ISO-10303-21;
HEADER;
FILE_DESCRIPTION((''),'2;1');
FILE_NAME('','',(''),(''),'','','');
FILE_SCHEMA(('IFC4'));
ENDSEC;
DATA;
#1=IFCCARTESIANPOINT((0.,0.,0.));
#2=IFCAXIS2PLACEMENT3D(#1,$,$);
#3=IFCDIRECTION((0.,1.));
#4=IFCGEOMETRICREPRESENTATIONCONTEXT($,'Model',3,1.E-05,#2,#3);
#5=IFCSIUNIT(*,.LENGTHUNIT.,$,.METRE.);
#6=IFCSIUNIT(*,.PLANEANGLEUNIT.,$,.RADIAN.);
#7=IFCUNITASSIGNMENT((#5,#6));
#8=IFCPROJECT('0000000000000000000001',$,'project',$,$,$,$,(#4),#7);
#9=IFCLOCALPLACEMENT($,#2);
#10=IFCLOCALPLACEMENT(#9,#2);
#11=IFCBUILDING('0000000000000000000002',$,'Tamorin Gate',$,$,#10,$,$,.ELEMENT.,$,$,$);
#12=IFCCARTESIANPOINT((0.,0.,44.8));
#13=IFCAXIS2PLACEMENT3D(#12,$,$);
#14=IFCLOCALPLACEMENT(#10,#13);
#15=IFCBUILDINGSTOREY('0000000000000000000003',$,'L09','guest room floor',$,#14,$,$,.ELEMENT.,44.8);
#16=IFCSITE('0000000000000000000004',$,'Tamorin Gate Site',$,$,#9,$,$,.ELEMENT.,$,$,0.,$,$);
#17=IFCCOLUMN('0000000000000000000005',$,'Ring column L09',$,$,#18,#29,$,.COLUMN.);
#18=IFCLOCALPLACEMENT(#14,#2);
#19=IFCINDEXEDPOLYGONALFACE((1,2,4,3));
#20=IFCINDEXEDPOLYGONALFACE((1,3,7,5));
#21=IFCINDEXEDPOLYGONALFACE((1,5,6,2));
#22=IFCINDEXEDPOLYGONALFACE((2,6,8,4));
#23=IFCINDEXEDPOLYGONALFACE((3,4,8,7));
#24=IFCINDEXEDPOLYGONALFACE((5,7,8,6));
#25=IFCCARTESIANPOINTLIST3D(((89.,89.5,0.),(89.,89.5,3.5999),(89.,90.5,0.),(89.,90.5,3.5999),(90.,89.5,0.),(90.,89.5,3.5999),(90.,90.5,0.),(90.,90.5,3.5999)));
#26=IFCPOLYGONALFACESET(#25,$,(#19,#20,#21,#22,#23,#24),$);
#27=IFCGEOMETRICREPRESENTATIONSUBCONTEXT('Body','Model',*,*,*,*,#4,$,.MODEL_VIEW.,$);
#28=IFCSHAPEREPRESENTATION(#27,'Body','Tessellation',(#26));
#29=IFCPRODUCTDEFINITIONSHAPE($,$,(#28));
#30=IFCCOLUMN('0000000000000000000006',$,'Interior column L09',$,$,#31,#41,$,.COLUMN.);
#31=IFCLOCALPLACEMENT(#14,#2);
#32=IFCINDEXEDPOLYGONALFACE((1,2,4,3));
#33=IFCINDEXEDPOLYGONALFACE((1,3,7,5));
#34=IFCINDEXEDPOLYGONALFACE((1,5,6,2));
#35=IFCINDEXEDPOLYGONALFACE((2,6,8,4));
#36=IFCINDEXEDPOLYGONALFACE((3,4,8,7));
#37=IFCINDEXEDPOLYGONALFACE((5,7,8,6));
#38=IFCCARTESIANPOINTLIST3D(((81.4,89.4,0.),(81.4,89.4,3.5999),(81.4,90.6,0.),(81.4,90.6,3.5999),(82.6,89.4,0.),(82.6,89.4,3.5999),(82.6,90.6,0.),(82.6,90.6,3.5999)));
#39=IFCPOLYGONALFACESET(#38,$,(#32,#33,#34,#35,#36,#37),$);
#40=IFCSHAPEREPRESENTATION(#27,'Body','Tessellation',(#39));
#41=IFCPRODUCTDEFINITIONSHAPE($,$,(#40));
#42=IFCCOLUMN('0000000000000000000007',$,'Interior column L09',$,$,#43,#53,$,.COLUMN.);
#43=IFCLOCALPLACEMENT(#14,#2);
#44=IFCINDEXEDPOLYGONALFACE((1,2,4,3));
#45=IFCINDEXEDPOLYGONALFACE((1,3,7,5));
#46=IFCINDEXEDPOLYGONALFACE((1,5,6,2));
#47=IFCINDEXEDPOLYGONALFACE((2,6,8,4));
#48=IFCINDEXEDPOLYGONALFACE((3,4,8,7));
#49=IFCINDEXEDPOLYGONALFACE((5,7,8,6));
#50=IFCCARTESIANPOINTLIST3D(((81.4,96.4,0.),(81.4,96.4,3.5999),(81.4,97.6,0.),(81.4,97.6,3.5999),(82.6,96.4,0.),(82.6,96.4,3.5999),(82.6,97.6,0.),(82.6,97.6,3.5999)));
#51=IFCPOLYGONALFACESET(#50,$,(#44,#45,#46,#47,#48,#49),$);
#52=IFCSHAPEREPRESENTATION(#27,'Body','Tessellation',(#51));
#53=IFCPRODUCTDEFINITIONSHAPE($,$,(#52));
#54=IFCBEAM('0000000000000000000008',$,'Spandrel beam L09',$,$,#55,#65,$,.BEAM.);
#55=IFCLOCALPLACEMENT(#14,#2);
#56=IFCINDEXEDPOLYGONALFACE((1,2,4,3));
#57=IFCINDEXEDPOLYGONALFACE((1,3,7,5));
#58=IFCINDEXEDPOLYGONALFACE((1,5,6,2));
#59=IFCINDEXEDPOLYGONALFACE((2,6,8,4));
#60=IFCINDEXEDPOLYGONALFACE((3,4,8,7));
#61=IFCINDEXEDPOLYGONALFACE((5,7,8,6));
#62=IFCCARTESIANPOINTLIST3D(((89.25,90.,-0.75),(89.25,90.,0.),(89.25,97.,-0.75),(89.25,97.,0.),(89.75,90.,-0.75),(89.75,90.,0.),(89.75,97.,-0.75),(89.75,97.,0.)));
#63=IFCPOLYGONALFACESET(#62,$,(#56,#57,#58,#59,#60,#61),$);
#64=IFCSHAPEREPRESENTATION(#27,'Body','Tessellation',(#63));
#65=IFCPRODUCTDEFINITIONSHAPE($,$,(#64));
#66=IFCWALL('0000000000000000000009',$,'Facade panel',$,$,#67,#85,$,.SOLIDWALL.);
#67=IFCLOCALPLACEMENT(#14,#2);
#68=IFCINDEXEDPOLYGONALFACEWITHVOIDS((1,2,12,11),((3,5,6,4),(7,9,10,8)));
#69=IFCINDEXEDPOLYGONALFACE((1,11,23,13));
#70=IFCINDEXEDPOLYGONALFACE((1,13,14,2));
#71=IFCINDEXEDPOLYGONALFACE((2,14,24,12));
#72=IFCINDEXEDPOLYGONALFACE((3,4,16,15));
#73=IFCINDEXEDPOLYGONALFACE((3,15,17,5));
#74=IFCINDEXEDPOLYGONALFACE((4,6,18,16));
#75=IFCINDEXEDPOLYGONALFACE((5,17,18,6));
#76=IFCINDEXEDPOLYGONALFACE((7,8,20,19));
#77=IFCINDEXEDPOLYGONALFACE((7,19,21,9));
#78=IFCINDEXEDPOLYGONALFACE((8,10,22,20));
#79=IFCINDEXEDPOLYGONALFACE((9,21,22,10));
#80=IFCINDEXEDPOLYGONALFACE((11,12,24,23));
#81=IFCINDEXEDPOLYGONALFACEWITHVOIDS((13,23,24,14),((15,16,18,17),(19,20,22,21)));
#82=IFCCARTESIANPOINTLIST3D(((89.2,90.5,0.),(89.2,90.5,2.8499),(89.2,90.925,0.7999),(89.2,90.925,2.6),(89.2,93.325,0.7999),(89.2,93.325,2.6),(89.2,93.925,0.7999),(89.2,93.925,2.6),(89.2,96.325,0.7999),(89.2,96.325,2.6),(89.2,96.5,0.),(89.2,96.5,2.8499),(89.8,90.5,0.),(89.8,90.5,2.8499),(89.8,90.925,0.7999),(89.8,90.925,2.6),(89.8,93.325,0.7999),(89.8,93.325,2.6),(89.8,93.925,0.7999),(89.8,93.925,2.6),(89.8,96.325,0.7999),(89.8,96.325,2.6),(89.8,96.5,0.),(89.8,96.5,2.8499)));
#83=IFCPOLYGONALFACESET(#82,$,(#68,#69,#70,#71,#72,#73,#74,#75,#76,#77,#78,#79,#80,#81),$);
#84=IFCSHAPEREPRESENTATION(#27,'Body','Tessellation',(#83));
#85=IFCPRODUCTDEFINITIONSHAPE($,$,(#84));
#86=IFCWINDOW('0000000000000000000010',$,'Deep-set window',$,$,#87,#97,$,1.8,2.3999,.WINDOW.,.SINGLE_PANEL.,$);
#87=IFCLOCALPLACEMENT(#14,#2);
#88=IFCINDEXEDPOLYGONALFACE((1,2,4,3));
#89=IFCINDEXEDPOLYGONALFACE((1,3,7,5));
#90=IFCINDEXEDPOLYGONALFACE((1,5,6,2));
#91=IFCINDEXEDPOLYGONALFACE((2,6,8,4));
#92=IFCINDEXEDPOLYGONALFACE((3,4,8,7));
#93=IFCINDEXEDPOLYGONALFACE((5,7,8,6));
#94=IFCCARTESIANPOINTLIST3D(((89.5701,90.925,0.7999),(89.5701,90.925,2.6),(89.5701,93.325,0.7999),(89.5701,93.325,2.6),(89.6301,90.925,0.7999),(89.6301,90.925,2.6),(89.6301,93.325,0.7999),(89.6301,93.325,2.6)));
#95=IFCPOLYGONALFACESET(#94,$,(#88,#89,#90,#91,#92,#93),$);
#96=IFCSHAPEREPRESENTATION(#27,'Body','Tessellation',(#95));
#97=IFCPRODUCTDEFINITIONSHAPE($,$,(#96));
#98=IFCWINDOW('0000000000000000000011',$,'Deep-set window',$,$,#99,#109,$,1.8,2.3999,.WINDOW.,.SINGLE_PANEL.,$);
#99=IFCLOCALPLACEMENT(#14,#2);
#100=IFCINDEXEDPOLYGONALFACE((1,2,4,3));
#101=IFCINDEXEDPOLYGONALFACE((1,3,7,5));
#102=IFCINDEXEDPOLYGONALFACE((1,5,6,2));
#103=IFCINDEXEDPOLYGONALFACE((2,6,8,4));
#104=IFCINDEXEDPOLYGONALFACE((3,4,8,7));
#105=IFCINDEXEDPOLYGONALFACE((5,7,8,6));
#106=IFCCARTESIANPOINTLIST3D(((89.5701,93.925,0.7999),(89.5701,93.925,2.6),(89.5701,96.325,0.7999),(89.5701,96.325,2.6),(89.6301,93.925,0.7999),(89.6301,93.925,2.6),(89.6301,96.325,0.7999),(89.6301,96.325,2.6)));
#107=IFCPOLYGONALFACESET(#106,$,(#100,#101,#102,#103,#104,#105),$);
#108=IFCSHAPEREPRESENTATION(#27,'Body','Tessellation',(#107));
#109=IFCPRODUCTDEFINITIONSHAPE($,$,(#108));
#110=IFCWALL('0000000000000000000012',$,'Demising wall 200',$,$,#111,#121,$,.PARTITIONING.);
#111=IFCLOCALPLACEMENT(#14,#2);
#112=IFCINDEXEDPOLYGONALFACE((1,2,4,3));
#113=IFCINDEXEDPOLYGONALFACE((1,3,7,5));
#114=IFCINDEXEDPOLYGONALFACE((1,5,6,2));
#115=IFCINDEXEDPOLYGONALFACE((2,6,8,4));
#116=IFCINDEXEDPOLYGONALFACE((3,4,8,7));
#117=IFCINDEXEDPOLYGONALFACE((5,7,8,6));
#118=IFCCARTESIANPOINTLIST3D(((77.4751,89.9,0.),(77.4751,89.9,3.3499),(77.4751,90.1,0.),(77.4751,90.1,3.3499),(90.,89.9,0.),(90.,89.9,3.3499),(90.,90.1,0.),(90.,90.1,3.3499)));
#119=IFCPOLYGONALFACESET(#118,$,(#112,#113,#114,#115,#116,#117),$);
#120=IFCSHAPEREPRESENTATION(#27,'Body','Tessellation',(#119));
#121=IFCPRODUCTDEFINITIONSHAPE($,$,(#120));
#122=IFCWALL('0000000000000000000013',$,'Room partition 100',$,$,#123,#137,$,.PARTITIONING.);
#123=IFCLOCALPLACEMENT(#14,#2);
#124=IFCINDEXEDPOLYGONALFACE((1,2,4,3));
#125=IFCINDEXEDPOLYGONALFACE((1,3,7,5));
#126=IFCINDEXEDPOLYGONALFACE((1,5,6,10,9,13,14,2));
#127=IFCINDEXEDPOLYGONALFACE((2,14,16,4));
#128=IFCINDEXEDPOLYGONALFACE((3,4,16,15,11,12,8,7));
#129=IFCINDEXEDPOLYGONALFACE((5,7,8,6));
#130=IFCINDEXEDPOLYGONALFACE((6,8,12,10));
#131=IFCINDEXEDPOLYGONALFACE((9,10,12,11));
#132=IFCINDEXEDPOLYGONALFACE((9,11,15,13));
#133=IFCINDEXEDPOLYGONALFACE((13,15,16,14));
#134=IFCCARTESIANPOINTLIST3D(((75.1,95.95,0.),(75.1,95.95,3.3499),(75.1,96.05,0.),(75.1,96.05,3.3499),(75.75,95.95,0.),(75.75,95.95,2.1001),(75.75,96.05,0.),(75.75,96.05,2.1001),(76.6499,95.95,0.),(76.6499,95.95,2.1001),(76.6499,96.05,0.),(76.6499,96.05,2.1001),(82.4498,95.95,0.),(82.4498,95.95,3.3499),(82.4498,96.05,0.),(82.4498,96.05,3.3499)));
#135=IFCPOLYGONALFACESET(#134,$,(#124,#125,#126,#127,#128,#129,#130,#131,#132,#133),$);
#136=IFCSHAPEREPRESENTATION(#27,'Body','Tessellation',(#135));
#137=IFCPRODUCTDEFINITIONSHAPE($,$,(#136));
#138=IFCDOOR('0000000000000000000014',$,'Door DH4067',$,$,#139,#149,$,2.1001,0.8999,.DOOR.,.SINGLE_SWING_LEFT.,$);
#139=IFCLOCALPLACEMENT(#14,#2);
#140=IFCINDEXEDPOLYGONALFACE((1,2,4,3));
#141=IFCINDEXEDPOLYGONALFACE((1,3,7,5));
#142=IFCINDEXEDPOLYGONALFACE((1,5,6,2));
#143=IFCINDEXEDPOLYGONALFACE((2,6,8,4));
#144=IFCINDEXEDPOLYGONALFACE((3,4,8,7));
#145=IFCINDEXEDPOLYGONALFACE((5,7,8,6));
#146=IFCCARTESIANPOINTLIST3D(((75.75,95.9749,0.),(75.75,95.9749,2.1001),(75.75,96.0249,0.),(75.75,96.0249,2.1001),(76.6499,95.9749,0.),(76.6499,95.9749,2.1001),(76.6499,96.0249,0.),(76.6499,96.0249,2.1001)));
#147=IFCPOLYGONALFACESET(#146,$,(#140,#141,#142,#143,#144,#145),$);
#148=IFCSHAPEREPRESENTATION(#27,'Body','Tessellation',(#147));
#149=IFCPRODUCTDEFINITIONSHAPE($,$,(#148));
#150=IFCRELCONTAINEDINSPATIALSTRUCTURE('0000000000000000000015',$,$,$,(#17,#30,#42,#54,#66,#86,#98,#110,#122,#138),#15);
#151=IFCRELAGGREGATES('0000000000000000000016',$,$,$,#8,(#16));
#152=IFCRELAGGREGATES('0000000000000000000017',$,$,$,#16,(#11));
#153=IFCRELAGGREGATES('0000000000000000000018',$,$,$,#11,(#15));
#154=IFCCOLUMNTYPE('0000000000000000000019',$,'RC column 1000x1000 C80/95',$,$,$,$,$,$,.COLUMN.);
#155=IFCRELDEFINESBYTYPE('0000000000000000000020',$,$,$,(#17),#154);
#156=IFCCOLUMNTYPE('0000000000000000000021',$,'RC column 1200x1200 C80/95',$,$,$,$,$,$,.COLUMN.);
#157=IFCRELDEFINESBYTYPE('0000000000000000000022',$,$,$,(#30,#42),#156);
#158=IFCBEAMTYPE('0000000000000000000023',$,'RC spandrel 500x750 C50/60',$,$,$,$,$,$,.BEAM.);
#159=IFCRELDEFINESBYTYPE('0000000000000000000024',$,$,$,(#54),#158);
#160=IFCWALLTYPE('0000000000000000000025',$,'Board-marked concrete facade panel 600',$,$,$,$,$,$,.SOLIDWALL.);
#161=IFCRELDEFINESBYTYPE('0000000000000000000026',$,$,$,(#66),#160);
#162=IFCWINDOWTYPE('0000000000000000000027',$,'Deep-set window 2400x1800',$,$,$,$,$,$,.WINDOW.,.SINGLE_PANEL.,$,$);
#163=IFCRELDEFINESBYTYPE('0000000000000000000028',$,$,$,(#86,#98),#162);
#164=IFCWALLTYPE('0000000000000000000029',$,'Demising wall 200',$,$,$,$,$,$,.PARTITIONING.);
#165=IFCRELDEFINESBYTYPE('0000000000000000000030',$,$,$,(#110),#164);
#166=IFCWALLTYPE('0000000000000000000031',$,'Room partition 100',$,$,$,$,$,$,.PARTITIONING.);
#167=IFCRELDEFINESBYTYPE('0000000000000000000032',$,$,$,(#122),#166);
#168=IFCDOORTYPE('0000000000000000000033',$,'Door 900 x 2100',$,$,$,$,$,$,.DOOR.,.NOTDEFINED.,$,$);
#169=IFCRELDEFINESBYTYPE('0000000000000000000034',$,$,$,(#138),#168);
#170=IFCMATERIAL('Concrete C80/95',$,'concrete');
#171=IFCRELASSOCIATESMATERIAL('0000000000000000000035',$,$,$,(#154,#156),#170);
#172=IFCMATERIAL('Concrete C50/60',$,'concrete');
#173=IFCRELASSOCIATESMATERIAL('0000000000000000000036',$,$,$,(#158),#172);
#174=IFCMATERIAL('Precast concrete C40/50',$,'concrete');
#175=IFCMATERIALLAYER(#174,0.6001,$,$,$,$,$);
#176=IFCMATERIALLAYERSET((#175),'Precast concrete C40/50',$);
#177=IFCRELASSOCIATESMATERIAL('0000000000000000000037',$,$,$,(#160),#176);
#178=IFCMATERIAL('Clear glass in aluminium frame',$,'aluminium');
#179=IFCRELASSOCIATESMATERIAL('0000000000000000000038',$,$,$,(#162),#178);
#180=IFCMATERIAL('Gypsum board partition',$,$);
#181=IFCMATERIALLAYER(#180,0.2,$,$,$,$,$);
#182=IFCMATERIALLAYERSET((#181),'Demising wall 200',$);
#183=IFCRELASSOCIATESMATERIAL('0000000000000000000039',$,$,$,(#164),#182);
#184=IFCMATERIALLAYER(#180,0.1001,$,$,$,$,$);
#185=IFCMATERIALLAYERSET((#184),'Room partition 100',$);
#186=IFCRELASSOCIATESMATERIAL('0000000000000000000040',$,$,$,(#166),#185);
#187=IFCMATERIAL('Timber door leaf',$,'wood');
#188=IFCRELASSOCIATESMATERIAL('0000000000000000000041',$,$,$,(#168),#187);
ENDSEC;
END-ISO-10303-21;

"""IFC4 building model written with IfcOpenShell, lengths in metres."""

from ifc_helpers import new_model, si_unit, direction, frame, frame_2d, origin, origin_2d, place, context, subcontext, project, spatial, rectangle, extrude, material, layer, layer_set, material_profile, profile_set, type_object, element, fill, save


model = new_model("IFC4")

# Units and contexts
model_context = context("Model", 3, precision=1e-05, world=origin(), true_north=direction((0.0, 1.0)))
body_context = subcontext(model_context, "Body", "Model", "MODEL_VIEW")
ifc_project = project(units=[si_unit("LENGTHUNIT", "METRE"), si_unit("PLANEANGLEUNIT", "RADIAN")], contexts=[model_context])

# Site, building, storey
site_placement = place(None, origin())
site = spatial("IfcSite", under=ifc_project, at=site_placement, Name="Tamorin Gate Site", CompositionType="ELEMENT", RefElevation=0.0)
building_placement = place(site_placement, origin())
building = spatial("IfcBuilding", under=site, at=building_placement, Name="Tamorin Gate", CompositionType="ELEMENT")
storey_placement = place(building_placement, frame((0.0, 0.0, 44.8)))
storey = spatial("IfcBuildingStorey", under=building, at=storey_placement, Name="L09", Description="guest room floor", CompositionType="ELEMENT", Elevation=44.8)

# Columns
ifc_material_1 = material(Name="Concrete C80/95", Category="concrete")
ifc_material_profile_1 = material_profile(ifc_material_1, rectangle(XDim=1.0, YDim=1.0, at=origin_2d()), Name="RC 1000x1000")
ifc_profile_set_1 = profile_set([ifc_material_profile_1], Name="Concrete C80/95")
column_type_1 = type_object("IfcColumnType", Name="RC column 1000x1000 C80/95", PredefinedType="COLUMN", material=ifc_profile_set_1)
column_placement = place(storey_placement, frame((89.5, 90.0, 0.0), z_axis=(0.0, 0.0, 1.0), x_axis=(1.0, 0.0, 0.0)))
element("IfcColumn", 1, at=column_placement, inside=storey, type_object=column_type_1, Name="Ring column L09", PredefinedType="COLUMN", context=body_context, shape_type="SweptSolid", body=[
    extrude(rectangle(XDim=1.0, YDim=1.0, at=origin_2d()), origin(), (0.0, 0.0, 1.0), 3.5999),
])
ifc_material_profile_2 = material_profile(ifc_material_1, rectangle(XDim=1.2, YDim=1.2, at=origin_2d()), Name="RC 1200x1200")
ifc_profile_set_2 = profile_set([ifc_material_profile_2], Name="Concrete C80/95")
column_type_2 = type_object("IfcColumnType", Name="RC column 1200x1200 C80/95", PredefinedType="COLUMN", material=ifc_profile_set_2)
for number, where, z_axis, x_axis, name in (
    (2, (82.0, 90.0, 0.0), (0.0, 0.0, 1.0), (1.0, 0.0, 0.0), "Interior column L09"),
    (3, (82.0, 97.0, 0.0), (0.0, 0.0, 1.0), (1.0, 0.0, 0.0), "Interior column L09"),
):
    element("IfcColumn", number, at=place(storey_placement, frame(where, z_axis=z_axis, x_axis=x_axis)), inside=storey, type_object=column_type_2, Name=name, PredefinedType="COLUMN", context=body_context, shape_type="SweptSolid", body=[
        extrude(rectangle(XDim=1.2, YDim=1.2, at=origin_2d()), origin(), (0.0, 0.0, 1.0), 3.5999),
    ])

# Beam
ifc_material_2 = material(Name="Concrete C50/60", Category="concrete")
ifc_material_profile_3 = material_profile(ifc_material_2, rectangle(XDim=0.5, YDim=0.75, at=origin_2d()), Name="RC 500x750")
ifc_profile_set_3 = profile_set([ifc_material_profile_3], Name="Concrete C50/60")
beam_type = type_object("IfcBeamType", Name="RC spandrel 500x750 C50/60", PredefinedType="BEAM", material=ifc_profile_set_3)
beam_placement = place(storey_placement, frame((89.5, 90.0, -0.375), z_axis=(0.0, 1.0, 0.0), x_axis=(-1.0, 0.0, 0.0)))
element("IfcBeam", 4, at=beam_placement, inside=storey, type_object=beam_type, Name="Spandrel beam L09", PredefinedType="BEAM", context=body_context, shape_type="SweptSolid", body=[
    extrude(rectangle(XDim=0.5, YDim=0.75, at=origin_2d()), origin(), (0.0, 0.0, 1.0), 7.0),
])

# Wall, openings, windows
ifc_material_3 = material(Name="Precast concrete C40/50", Category="concrete")
ifc_layer_1 = layer(ifc_material_3, 0.6001)
ifc_layer_set_1 = layer_set([ifc_layer_1], Name="Precast concrete C40/50")
wall_type_1 = type_object("IfcWallType", Name="Board-marked concrete facade panel 600", PredefinedType="SOLIDWALL", material=ifc_layer_set_1)
wall_1_placement = place(storey_placement, frame((89.5, 90.5, 0.0), z_axis=(0.0, 0.0, 1.0), x_axis=(0.0, 1.0, 0.0)))
wall_1 = element("IfcWall", 5, at=wall_1_placement, inside=storey, type_object=wall_type_1, Name="Facade panel", PredefinedType="SOLIDWALL", context=body_context, shape_type="SweptSolid", body=[
    extrude(rectangle(XDim=6.0, YDim=0.6001, at=frame_2d((3.0, 0.0))), origin(), (0.0, 0.0, 1.0), 2.8499),
])
opening_1_placement = place(wall_1_placement, frame((0.425, 0.0, 0.8)))
opening_1 = element("IfcOpeningElement", 6, at=opening_1_placement, cuts=wall_1, PredefinedType="OPENING", context=body_context, shape_type="SweptSolid", body=[
    extrude(rectangle(XDim=2.3999, YDim=1.8, at=frame_2d((1.2, 0.8999))), frame((0.0, 0.3101, 0.0), z_axis=(0.0, -1.0, 0.0), x_axis=(1.0, 0.0, 0.0)), (0.0, 0.0, 1.0), 0.6201),
])
opening_2_placement = place(wall_1_placement, frame((3.425, 0.0, 0.8)))
opening_2 = element("IfcOpeningElement", 7, at=opening_2_placement, cuts=wall_1, PredefinedType="OPENING", context=body_context, shape_type="SweptSolid", body=[
    extrude(rectangle(XDim=2.3999, YDim=1.8, at=frame_2d((1.2, 0.8999))), frame((0.0, 0.3101, 0.0), z_axis=(0.0, -1.0, 0.0), x_axis=(1.0, 0.0, 0.0)), (0.0, 0.0, 1.0), 0.6201),
])
ifc_material_4 = material(Name="Clear glass in aluminium frame", Category="aluminium")
window_type = type_object("IfcWindowType", Name="Deep-set window 2400x1800", PartitioningType="SINGLE_PANEL", PredefinedType="WINDOW", material=ifc_material_4)
window_1_placement = place(opening_1_placement, origin())
window_1 = element("IfcWindow", 8, at=window_1_placement, inside=storey, type_object=window_type, Name="Deep-set window", OverallHeight=1.8, OverallWidth=2.3999, PartitioningType="SINGLE_PANEL", PredefinedType="WINDOW", context=body_context, shape_type="SweptSolid", body=[
    extrude(rectangle(XDim=2.3999, YDim=1.8, at=frame_2d((1.2, 0.8999))), frame((0.0, -0.0701, 0.0), z_axis=(0.0, -1.0, 0.0), x_axis=(1.0, 0.0, 0.0)), (0.0, 0.0, 1.0), 0.0601),
])
fill(opening_1, window_1)
window_2_placement = place(opening_2_placement, origin())
window_2 = element("IfcWindow", 9, at=window_2_placement, inside=storey, type_object=window_type, Name="Deep-set window", OverallHeight=1.8, OverallWidth=2.3999, PartitioningType="SINGLE_PANEL", PredefinedType="WINDOW", context=body_context, shape_type="SweptSolid", body=[
    extrude(rectangle(XDim=2.3999, YDim=1.8, at=frame_2d((1.2, 0.8999))), frame((0.0, -0.0701, 0.0), z_axis=(0.0, -1.0, 0.0), x_axis=(1.0, 0.0, 0.0)), (0.0, 0.0, 1.0), 0.0601),
])
fill(opening_2, window_2)

# Wall
ifc_material_5 = material(Name="Gypsum board partition")
ifc_layer_2 = layer(ifc_material_5, 0.2)
ifc_layer_set_2 = layer_set([ifc_layer_2], Name="Demising wall 200")
wall_type_2 = type_object("IfcWallType", Name="Demising wall 200", PredefinedType="PARTITIONING", material=ifc_layer_set_2)
wall_2_placement = place(storey_placement, frame((77.4751, 90.0, 0.0), z_axis=(0.0, 0.0, 1.0), x_axis=(1.0, 0.0, 0.0)))
element("IfcWall", 10, at=wall_2_placement, inside=storey, type_object=wall_type_2, Name="Demising wall 200", PredefinedType="PARTITIONING", context=body_context, shape_type="SweptSolid", body=[
    extrude(rectangle(XDim=12.5249, YDim=0.2, at=frame_2d((6.2625, 0.0))), origin(), (0.0, 0.0, 1.0), 3.3499),
])

# Wall, opening, door
ifc_layer_3 = layer(ifc_material_5, 0.1001)
ifc_layer_set_3 = layer_set([ifc_layer_3], Name="Room partition 100")
wall_type_3 = type_object("IfcWallType", Name="Room partition 100", PredefinedType="PARTITIONING", material=ifc_layer_set_3)
wall_3_placement = place(storey_placement, frame((75.1001, 96.0, 0.0), z_axis=(0.0, 0.0, 1.0), x_axis=(1.0, 0.0, 0.0)))
wall_3 = element("IfcWall", 11, at=wall_3_placement, inside=storey, type_object=wall_type_3, Name="Room partition 100", PredefinedType="PARTITIONING", context=body_context, shape_type="SweptSolid", body=[
    extrude(rectangle(XDim=7.3499, YDim=0.1001, at=frame_2d((3.6748, 0.0))), origin(), (0.0, 0.0, 1.0), 3.3499),
])
opening_3_placement = place(wall_3_placement, frame((0.6499, 0.0, 0.0)))
opening_3 = element("IfcOpeningElement", 12, at=opening_3_placement, cuts=wall_3, PredefinedType="OPENING", context=body_context, shape_type="SweptSolid", body=[
    extrude(rectangle(XDim=0.8999, YDim=2.1001, at=frame_2d((0.45, 1.05))), frame((0.0, 0.0601, 0.0), z_axis=(0.0, -1.0, 0.0), x_axis=(1.0, 0.0, 0.0)), (0.0, 0.0, 1.0), 0.1201),
])
ifc_material_6 = material(Name="Timber door leaf", Category="wood")
door_type = type_object("IfcDoorType", Name="Door 900 x 2100", OperationType="NOTDEFINED", PredefinedType="DOOR", material=ifc_material_6)
door_1_placement = place(opening_3_placement, origin())
door_1 = element("IfcDoor", 13, at=door_1_placement, inside=storey, type_object=door_type, Name="Door DH4067", OperationType="SINGLE_SWING_LEFT", OverallHeight=2.1001, OverallWidth=0.8999, PredefinedType="DOOR", context=body_context, shape_type="SweptSolid", body=[
    extrude(rectangle(XDim=0.8999, YDim=2.1001, at=frame_2d((0.45, 1.05))), frame((0.0, 0.0249, 0.0), z_axis=(0.0, -1.0, 0.0), x_axis=(1.0, 0.0, 0.0)), (0.0, 0.0, 1.0), 0.05),
])
fill(opening_3, door_1)

save(model, "model.ifc")
